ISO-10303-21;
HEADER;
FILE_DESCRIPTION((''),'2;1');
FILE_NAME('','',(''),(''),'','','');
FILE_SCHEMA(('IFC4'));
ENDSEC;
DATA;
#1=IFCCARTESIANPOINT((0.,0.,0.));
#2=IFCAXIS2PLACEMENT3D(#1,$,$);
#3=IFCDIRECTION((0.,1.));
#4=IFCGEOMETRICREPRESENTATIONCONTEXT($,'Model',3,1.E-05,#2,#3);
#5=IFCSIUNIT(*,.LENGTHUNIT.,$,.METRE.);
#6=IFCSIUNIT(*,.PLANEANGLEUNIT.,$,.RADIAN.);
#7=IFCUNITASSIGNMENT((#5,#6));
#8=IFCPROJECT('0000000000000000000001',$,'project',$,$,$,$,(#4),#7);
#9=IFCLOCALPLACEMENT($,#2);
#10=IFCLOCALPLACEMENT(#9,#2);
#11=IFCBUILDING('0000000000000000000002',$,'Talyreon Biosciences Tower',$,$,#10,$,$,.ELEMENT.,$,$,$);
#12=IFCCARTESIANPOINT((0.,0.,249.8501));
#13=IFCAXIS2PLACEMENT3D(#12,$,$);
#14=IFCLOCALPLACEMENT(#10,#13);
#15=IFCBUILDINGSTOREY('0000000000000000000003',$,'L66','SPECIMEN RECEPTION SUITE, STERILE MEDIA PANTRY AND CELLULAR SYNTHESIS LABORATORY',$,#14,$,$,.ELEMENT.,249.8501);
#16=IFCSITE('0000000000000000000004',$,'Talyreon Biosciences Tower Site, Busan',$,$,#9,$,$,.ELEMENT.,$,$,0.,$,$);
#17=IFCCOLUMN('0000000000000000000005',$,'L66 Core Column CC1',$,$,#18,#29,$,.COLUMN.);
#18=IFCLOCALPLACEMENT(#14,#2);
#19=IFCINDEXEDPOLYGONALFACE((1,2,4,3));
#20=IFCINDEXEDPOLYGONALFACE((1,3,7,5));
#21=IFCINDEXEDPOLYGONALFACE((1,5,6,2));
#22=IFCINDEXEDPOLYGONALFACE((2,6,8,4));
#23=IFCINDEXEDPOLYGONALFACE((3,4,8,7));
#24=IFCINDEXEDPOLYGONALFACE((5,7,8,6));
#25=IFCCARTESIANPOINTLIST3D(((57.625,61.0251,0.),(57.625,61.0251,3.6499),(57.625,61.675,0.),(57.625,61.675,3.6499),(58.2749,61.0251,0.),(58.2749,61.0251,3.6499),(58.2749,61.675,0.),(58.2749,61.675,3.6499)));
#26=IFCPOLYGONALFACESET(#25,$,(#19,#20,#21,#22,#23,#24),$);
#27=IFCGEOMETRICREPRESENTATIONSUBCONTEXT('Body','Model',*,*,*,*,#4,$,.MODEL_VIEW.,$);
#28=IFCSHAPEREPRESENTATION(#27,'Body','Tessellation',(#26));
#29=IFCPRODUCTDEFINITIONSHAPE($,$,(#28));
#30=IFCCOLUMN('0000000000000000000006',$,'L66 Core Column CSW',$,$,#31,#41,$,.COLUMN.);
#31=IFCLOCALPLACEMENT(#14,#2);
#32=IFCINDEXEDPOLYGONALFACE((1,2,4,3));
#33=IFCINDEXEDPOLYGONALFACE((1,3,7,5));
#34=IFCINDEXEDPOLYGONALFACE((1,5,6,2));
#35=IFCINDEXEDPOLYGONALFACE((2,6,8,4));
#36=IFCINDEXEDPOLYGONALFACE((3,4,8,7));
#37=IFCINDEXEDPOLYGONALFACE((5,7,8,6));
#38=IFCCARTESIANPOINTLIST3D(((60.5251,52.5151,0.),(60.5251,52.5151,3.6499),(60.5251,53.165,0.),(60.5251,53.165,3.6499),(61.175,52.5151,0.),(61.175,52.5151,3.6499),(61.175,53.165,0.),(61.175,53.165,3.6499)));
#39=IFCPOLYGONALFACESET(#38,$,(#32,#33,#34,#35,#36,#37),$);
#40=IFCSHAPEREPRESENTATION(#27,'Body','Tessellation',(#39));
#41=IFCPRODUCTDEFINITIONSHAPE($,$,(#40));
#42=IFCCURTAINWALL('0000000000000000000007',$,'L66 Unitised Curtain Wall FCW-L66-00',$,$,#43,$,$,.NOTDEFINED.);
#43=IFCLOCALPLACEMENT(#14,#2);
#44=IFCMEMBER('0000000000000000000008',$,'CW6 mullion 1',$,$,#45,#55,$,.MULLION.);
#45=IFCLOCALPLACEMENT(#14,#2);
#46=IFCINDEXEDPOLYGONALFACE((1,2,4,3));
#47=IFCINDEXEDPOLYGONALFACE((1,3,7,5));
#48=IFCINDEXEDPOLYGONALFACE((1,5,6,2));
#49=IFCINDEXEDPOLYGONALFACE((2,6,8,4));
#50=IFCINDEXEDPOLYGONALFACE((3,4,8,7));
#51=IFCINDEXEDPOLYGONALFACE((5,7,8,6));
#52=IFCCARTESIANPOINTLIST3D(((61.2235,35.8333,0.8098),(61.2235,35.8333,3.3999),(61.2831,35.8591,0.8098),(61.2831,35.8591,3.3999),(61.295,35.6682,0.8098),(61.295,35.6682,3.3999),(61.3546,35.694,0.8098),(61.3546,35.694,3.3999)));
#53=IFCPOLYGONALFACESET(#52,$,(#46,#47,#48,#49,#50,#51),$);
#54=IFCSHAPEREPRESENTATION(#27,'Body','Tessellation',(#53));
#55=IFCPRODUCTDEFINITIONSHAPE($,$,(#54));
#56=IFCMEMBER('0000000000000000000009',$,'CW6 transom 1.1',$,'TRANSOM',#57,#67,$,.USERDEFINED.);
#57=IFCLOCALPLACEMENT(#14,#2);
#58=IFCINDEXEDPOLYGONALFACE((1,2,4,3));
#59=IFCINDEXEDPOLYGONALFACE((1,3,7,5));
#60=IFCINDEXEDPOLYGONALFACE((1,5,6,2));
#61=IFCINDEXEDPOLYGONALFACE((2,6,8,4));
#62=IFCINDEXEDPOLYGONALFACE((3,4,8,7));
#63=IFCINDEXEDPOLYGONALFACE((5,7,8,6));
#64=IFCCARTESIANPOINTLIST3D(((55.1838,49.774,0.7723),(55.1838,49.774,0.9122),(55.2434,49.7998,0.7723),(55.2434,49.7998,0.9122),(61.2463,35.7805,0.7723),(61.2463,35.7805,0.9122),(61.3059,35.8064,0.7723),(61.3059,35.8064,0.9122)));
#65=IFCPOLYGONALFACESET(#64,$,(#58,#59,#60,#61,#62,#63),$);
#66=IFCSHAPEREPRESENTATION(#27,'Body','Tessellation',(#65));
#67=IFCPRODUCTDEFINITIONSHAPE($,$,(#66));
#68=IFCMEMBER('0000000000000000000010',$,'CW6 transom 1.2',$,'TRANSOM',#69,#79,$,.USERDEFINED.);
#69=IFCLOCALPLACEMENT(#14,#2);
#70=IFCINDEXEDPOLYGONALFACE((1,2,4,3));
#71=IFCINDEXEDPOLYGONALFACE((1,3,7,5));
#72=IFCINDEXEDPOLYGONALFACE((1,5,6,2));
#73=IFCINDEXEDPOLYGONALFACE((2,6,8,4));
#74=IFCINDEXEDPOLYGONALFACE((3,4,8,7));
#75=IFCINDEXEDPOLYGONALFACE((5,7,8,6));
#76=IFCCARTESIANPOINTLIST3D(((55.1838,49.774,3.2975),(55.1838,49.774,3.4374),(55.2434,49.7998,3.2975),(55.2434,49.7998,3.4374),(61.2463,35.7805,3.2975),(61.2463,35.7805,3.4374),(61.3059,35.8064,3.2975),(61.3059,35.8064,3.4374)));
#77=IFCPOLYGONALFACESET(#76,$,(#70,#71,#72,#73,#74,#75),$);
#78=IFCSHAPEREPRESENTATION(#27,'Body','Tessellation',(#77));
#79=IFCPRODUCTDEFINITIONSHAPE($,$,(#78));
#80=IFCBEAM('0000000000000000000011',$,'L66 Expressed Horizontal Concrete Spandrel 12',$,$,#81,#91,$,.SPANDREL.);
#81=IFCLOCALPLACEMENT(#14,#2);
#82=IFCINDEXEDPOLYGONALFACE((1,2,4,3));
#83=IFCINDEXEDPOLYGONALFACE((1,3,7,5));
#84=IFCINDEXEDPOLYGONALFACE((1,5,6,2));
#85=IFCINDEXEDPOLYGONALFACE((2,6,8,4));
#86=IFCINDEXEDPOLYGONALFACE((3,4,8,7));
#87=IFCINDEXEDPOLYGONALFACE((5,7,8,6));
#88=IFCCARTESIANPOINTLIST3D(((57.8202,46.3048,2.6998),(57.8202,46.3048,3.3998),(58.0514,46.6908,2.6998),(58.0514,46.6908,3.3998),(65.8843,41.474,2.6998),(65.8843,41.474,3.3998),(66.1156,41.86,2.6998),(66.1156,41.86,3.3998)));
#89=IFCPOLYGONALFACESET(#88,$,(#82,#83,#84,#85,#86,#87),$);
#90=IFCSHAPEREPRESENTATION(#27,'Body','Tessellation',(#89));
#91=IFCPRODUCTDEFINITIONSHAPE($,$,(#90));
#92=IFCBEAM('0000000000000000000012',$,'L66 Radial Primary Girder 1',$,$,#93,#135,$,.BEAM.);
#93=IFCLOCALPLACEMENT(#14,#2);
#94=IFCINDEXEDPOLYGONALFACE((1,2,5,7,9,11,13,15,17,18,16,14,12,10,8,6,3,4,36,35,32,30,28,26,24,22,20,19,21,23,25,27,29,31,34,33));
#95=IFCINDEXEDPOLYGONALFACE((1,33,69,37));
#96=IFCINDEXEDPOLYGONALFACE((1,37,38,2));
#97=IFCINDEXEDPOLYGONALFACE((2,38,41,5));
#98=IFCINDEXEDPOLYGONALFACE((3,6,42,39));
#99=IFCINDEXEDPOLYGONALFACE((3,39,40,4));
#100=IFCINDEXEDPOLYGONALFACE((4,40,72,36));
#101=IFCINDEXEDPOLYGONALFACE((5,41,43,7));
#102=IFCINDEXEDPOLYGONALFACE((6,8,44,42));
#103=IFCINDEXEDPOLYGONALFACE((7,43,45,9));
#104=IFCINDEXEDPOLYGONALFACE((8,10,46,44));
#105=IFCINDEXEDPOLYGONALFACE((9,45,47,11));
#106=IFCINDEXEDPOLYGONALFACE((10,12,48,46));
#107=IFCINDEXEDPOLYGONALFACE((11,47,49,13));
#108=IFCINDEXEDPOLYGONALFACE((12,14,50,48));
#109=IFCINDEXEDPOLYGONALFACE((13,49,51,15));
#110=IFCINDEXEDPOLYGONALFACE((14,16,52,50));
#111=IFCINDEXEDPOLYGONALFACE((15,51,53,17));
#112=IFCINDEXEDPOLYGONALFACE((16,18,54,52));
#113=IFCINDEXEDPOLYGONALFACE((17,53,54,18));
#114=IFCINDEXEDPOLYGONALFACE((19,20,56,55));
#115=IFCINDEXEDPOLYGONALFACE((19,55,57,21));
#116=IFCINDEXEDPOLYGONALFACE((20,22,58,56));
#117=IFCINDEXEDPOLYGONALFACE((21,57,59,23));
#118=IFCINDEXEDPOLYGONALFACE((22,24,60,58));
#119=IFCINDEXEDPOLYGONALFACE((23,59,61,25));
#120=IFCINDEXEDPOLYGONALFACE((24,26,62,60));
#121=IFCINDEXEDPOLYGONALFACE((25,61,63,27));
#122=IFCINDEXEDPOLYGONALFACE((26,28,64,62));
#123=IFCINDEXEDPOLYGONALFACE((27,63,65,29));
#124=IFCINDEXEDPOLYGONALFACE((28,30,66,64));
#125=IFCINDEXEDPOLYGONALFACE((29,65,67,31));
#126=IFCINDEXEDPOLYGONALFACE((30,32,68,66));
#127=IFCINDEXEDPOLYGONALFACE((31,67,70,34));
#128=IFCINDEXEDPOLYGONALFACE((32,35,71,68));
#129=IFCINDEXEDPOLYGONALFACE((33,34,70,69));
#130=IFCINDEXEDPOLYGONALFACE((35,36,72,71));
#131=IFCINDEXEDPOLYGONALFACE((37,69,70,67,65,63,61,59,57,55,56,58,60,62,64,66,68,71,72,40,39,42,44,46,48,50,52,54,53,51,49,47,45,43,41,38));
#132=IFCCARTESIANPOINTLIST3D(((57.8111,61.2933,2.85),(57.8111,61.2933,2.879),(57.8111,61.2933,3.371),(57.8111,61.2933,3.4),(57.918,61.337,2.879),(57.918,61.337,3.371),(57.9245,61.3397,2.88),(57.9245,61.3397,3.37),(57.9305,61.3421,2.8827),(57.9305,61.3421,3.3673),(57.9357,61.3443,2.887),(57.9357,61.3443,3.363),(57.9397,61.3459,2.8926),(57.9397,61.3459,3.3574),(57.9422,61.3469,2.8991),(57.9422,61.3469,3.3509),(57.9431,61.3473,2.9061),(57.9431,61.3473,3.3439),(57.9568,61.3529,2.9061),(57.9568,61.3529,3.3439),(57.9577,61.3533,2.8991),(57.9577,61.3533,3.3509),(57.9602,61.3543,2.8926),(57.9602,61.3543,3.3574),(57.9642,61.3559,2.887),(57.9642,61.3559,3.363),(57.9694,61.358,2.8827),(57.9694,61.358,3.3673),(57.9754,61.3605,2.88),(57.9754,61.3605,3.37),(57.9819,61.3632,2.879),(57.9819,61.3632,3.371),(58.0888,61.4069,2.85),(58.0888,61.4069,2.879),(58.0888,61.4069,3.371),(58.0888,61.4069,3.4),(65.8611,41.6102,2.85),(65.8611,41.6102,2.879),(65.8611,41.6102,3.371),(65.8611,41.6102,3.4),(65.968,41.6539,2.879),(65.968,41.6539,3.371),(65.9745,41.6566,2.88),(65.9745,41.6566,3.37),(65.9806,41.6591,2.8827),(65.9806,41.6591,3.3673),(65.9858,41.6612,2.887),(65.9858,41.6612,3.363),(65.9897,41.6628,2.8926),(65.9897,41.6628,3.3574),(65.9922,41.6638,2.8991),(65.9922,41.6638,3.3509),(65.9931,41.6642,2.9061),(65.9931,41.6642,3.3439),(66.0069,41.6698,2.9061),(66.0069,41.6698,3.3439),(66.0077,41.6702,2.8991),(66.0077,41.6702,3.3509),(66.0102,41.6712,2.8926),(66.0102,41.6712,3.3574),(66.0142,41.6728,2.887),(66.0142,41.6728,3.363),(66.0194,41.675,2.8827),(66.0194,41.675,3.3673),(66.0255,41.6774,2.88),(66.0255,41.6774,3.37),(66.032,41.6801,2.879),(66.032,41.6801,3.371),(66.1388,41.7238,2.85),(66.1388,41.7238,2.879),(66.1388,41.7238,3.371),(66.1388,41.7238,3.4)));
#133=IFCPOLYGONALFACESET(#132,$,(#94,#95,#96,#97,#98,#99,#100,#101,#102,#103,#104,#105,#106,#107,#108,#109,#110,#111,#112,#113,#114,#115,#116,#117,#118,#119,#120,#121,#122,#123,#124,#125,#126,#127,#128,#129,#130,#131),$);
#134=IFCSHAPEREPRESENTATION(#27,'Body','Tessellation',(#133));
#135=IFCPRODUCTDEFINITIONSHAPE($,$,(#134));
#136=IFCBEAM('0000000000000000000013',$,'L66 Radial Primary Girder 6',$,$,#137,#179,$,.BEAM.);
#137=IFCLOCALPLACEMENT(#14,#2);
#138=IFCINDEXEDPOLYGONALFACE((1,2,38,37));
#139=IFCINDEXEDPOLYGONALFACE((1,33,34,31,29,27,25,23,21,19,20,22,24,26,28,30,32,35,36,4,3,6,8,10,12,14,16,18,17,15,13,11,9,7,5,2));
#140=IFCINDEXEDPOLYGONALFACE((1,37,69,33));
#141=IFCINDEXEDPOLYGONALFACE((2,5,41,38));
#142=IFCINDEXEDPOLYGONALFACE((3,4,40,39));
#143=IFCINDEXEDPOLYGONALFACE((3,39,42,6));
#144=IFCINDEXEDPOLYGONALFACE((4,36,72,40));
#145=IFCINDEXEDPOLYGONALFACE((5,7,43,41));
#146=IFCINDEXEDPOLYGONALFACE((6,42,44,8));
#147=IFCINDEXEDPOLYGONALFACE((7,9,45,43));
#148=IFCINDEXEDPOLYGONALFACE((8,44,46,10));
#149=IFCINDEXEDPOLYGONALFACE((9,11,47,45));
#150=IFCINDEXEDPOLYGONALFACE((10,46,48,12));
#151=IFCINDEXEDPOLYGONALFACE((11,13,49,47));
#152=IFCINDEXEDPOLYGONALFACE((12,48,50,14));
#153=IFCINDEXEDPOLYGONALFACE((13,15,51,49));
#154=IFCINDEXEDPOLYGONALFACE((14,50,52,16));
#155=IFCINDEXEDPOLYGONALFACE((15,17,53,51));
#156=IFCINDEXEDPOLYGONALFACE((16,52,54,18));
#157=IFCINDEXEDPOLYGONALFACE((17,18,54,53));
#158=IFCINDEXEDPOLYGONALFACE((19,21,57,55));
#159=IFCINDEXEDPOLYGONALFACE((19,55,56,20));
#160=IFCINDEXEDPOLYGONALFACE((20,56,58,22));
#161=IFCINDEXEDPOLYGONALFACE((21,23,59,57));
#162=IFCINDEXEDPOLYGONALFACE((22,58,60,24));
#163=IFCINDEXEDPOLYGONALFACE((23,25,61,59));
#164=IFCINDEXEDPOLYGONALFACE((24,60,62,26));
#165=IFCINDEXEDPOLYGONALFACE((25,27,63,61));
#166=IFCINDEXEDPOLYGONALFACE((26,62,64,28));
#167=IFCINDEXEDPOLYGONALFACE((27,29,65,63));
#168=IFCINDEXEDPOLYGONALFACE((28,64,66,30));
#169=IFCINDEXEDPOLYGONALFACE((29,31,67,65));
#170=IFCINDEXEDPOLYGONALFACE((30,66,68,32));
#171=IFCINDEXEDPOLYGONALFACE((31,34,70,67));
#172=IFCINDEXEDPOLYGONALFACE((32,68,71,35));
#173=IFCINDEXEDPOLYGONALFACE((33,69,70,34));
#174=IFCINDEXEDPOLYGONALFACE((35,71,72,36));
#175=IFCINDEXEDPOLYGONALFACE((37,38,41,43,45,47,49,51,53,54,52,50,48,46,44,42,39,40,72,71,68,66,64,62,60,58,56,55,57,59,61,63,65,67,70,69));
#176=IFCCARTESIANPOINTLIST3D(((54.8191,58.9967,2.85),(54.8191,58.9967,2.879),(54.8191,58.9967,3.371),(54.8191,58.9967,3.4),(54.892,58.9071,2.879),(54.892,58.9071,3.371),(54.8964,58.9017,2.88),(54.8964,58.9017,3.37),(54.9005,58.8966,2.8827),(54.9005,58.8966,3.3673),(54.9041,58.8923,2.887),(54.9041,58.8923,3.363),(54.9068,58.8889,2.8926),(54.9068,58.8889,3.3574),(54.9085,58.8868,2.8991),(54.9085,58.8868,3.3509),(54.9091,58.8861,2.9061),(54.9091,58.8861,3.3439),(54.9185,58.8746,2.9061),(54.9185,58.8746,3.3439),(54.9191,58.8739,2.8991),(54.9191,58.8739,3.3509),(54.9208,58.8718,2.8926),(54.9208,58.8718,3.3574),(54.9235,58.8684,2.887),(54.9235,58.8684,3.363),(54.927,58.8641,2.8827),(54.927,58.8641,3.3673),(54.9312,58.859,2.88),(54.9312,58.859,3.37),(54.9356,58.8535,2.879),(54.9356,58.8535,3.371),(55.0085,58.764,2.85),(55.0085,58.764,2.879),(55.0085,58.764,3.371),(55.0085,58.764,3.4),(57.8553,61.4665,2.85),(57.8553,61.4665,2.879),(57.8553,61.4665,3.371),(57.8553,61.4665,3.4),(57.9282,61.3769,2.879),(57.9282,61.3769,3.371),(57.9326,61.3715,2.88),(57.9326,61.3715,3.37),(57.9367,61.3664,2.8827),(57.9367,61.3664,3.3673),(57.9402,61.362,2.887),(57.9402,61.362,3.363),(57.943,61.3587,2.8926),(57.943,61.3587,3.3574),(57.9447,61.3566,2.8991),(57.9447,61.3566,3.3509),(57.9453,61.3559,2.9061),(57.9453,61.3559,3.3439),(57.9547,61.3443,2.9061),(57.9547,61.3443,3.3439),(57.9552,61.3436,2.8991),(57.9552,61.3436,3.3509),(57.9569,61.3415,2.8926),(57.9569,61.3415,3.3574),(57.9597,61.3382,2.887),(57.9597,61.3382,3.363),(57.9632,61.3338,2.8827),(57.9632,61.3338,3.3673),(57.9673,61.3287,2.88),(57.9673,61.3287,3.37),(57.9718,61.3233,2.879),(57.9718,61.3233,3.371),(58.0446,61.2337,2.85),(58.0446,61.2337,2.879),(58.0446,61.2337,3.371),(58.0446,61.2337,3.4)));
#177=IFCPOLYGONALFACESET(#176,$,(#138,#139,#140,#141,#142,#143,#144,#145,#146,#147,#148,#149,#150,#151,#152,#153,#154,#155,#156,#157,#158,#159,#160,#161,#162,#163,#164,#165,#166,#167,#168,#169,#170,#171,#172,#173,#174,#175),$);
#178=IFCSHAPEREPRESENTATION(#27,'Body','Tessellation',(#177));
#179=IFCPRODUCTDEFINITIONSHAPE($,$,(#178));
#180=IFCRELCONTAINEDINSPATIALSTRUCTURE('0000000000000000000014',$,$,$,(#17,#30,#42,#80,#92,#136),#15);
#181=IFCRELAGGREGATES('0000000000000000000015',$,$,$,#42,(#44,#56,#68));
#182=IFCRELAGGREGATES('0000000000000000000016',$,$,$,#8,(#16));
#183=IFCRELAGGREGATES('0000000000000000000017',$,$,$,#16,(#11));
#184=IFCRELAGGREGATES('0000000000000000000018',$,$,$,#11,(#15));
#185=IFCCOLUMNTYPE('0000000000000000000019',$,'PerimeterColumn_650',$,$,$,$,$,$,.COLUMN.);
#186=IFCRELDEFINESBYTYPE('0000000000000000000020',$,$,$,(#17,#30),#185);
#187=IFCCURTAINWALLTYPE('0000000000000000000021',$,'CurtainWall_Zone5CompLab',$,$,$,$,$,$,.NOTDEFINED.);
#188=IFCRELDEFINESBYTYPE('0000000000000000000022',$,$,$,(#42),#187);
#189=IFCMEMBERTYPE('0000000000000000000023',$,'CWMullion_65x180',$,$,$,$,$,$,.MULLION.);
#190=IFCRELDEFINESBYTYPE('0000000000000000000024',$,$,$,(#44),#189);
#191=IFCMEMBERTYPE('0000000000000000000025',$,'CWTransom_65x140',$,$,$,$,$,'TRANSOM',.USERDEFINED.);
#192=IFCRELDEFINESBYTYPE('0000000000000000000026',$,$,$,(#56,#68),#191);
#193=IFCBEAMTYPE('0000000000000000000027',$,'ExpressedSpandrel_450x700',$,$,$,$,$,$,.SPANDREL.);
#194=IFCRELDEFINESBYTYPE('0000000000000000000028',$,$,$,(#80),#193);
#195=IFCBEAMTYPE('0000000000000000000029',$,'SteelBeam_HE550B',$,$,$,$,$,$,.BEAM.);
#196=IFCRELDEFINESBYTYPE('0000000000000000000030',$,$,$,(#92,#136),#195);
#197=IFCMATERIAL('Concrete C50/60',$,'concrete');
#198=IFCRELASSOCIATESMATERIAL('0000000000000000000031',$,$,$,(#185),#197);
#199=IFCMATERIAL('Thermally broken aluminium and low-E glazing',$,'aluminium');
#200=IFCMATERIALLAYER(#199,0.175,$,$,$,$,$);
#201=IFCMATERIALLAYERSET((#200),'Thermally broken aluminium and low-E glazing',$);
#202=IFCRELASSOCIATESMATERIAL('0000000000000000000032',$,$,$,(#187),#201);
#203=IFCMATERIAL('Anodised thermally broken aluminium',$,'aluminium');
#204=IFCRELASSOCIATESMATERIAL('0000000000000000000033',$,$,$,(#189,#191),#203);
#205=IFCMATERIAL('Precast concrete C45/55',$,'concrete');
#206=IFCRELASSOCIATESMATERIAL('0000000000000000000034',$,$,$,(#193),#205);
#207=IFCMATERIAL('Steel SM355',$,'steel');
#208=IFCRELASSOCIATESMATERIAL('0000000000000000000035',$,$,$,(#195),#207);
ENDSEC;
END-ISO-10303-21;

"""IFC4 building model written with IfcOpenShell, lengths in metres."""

from ifc_helpers import new_model, si_unit, direction, frame, origin, origin_2d, place, context, subcontext, project, spatial, rectangle, i_section, extrude, material, layer, layer_set, material_profile, profile_set, type_object, element, aggregate, save


model = new_model("IFC4")

# Units and contexts
model_context = context("Model", 3, precision=1e-05, world=origin(), true_north=direction((0.0, 1.0)))
body_context = subcontext(model_context, "Body", "Model", "MODEL_VIEW")
ifc_project = project(units=[si_unit("LENGTHUNIT", "METRE"), si_unit("PLANEANGLEUNIT", "RADIAN")], contexts=[model_context])

# Site, building, storey
site_placement = place(None, origin())
site = spatial("IfcSite", under=ifc_project, at=site_placement, Name="Talyreon Biosciences Tower Site, Busan", CompositionType="ELEMENT", RefElevation=0.0)
building_placement = place(site_placement, origin())
building = spatial("IfcBuilding", under=site, at=building_placement, Name="Talyreon Biosciences Tower", CompositionType="ELEMENT")
storey_placement = place(building_placement, frame((0.0, 0.0, 249.8501)))
storey = spatial("IfcBuildingStorey", under=building, at=storey_placement, Name="L66", Description="SPECIMEN RECEPTION SUITE, STERILE MEDIA PANTRY AND CELLULAR SYNTHESIS LABORATORY", CompositionType="ELEMENT", Elevation=249.8501)

# Columns
ifc_material_1 = material(Name="Concrete C50/60", Category="concrete")
ifc_material_profile_1 = material_profile(ifc_material_1, rectangle(XDim=0.6499, YDim=0.6499, at=origin_2d()), Name="RC 650x650")
ifc_profile_set_1 = profile_set([ifc_material_profile_1], Name="Concrete C50/60")
column_type = type_object("IfcColumnType", Name="PerimeterColumn_650", PredefinedType="COLUMN", material=ifc_profile_set_1)
for number, where, z_axis, x_axis, name in (
    (1, (57.95, 61.3501, 0.0), (0.0, 0.0, 1.0), (1.0, 0.0, 0.0), "L66 Core Column CC1"),
    (2, (60.8501, 52.8401, 0.0), (0.0, 0.0, 1.0), (1.0, 0.0, 0.0), "L66 Core Column CSW"),
):
    element("IfcColumn", number, at=place(storey_placement, frame(where, z_axis=z_axis, x_axis=x_axis)), inside=storey, type_object=column_type, Name=name, PredefinedType="COLUMN", context=body_context, shape_type="SweptSolid", body=[
        extrude(rectangle(XDim=0.6499, YDim=0.6499, at=origin_2d()), origin(), (0.0, 0.0, 1.0), 3.6499),
    ])

# Curtain wall, members
ifc_material_2 = material(Name="Thermally broken aluminium and low-E glazing", Category="aluminium")
ifc_layer_1 = layer(ifc_material_2, 0.175)
ifc_layer_set_1 = layer_set([ifc_layer_1], Name="Thermally broken aluminium and low-E glazing")
curtain_wall_type = type_object("IfcCurtainWallType", Name="CurtainWall_Zone5CompLab", PredefinedType="NOTDEFINED", material=ifc_layer_set_1)
curtain_wall_placement = place(storey_placement, origin())
curtain_wall = element("IfcCurtainWall", 3, at=curtain_wall_placement, inside=storey, type_object=curtain_wall_type, Name="L66 Unitised Curtain Wall FCW-L66-00", PredefinedType="NOTDEFINED")
ifc_material_3 = material(Name="Anodised thermally broken aluminium", Category="aluminium")
ifc_material_profile_2 = material_profile(ifc_material_3, rectangle(XDim=0.0649, YDim=0.1799, at=origin_2d()), Name="ALUM MULLION 65x180")
ifc_profile_set_2 = profile_set([ifc_material_profile_2], Name="Anodised thermally broken aluminium")
member_type_1 = type_object("IfcMemberType", Name="CWMullion_65x180", PredefinedType="MULLION", material=ifc_profile_set_2)
member_1_placement = place(storey_placement, frame((61.2891, 35.7637, 0.8098), z_axis=(0.0, 0.0, 1.0), x_axis=(-0.917586, -0.397537, 0.0)))
member_1 = element("IfcMember", 4, at=member_1_placement, type_object=member_type_1, Name="CW6 mullion 1", PredefinedType="MULLION", context=body_context, shape_type="SweptSolid", body=[
    extrude(rectangle(XDim=0.0649, YDim=0.1799, at=origin_2d()), origin(), (0.0, 0.0, 1.0), 2.5901),
])
ifc_material_profile_3 = material_profile(ifc_material_3, rectangle(XDim=0.0649, YDim=0.1399, at=origin_2d()), Name="ALUM TRANSOM 65x140")
ifc_profile_set_3 = profile_set([ifc_material_profile_3], Name="Anodised thermally broken aluminium")
member_type_2 = type_object("IfcMemberType", Name="CWTransom_65x140", ElementType="TRANSOM", PredefinedType="USERDEFINED", material=ifc_profile_set_3)
member_2_placement = place(storey_placement, frame((61.2761, 35.7935, 0.8423), z_axis=(-0.397535, 0.917587, 0.0), x_axis=(-0.917587, -0.397535, 0.0)))
member_2 = element("IfcMember", 5, at=member_2_placement, type_object=member_type_2, Name="CW6 transom 1.1", ObjectType="TRANSOM", PredefinedType="USERDEFINED", context=body_context, shape_type="SweptSolid", body=[
    extrude(rectangle(XDim=0.0649, YDim=0.1399, at=origin_2d()), origin(), (0.0, 0.0, 1.0), 15.2502),
])
member_3_placement = place(storey_placement, frame((61.2761, 35.7935, 3.3674), z_axis=(-0.397535, 0.917587, 0.0), x_axis=(-0.917587, -0.397535, 0.0)))
member_3 = element("IfcMember", 6, at=member_3_placement, type_object=member_type_2, Name="CW6 transom 1.2", ObjectType="TRANSOM", PredefinedType="USERDEFINED", context=body_context, shape_type="SweptSolid", body=[
    extrude(rectangle(XDim=0.0649, YDim=0.1399, at=origin_2d()), origin(), (0.0, 0.0, 1.0), 15.2502),
])

# Beams
ifc_material_4 = material(Name="Precast concrete C45/55", Category="concrete")
ifc_material_profile_4 = material_profile(ifc_material_4, rectangle(XDim=0.45, YDim=0.7, at=origin_2d()), Name="RCB 450x700")
ifc_profile_set_4 = profile_set([ifc_material_profile_4], Name="Precast concrete C45/55")
beam_type_1 = type_object("IfcBeamType", Name="ExpressedSpandrel_450x700", PredefinedType="SPANDREL", material=ifc_profile_set_4)
beam_1_placement = place(storey_placement, frame((57.9358, 46.4978, 3.0498), z_axis=(0.857855, -0.513892, 0.0), x_axis=(0.513892, 0.857855, 0.0)))
element("IfcBeam", 7, at=beam_1_placement, inside=storey, type_object=beam_type_1, Name="L66 Expressed Horizontal Concrete Spandrel 12", PredefinedType="SPANDREL", context=body_context, shape_type="SweptSolid", body=[
    extrude(rectangle(XDim=0.45, YDim=0.7, at=origin_2d()), origin(), (0.0, 0.0, 1.0), 9.4004),
])
ifc_material_5 = material(Name="Steel SM355", Category="steel")
ifc_material_profile_5 = material_profile(ifc_material_5, i_section(OverallWidth=0.3, OverallDepth=0.55, WebThickness=0.0149, FlangeThickness=0.0291, FilletRadius=0.0271, at=origin_2d()), Name="HE550B")
ifc_profile_set_5 = profile_set([ifc_material_profile_5], Name="Steel SM355")
beam_type_2 = type_object("IfcBeamType", Name="SteelBeam_HE550B", PredefinedType="BEAM", material=ifc_profile_set_5)
beam_2_placement = place(storey_placement, frame((57.95, 61.3501, 3.125), z_axis=(0.378547, -0.925582, 0.0), x_axis=(0.925582, 0.378547, 0.0)))
element("IfcBeam", 8, at=beam_2_placement, inside=storey, type_object=beam_type_2, Name="L66 Radial Primary Girder 1", PredefinedType="BEAM", context=body_context, shape_type="SweptSolid", body=[
    extrude(i_section(OverallWidth=0.3, OverallDepth=0.55, WebThickness=0.0149, FlangeThickness=0.0291, FilletRadius=0.0271, at=origin_2d()), origin(), (0.0, 0.0, 1.0), 21.2656),
])
beam_3_placement = place(storey_placement, frame((57.95, 61.3501, 3.125), z_axis=(-0.775755, -0.631034, 0.0), x_axis=(0.631034, -0.775755, 0.0)))
element("IfcBeam", 9, at=beam_3_placement, inside=storey, type_object=beam_type_2, Name="L66 Radial Primary Girder 6", PredefinedType="BEAM", context=body_context, shape_type="SweptSolid", body=[
    extrude(i_section(OverallWidth=0.3, OverallDepth=0.55, WebThickness=0.0149, FlangeThickness=0.0291, FilletRadius=0.0271, at=origin_2d()), origin(), (0.0, 0.0, 1.0), 3.9138),
])

aggregate(curtain_wall, [member_1, member_2, member_3])

save(model, "model.ifc")
